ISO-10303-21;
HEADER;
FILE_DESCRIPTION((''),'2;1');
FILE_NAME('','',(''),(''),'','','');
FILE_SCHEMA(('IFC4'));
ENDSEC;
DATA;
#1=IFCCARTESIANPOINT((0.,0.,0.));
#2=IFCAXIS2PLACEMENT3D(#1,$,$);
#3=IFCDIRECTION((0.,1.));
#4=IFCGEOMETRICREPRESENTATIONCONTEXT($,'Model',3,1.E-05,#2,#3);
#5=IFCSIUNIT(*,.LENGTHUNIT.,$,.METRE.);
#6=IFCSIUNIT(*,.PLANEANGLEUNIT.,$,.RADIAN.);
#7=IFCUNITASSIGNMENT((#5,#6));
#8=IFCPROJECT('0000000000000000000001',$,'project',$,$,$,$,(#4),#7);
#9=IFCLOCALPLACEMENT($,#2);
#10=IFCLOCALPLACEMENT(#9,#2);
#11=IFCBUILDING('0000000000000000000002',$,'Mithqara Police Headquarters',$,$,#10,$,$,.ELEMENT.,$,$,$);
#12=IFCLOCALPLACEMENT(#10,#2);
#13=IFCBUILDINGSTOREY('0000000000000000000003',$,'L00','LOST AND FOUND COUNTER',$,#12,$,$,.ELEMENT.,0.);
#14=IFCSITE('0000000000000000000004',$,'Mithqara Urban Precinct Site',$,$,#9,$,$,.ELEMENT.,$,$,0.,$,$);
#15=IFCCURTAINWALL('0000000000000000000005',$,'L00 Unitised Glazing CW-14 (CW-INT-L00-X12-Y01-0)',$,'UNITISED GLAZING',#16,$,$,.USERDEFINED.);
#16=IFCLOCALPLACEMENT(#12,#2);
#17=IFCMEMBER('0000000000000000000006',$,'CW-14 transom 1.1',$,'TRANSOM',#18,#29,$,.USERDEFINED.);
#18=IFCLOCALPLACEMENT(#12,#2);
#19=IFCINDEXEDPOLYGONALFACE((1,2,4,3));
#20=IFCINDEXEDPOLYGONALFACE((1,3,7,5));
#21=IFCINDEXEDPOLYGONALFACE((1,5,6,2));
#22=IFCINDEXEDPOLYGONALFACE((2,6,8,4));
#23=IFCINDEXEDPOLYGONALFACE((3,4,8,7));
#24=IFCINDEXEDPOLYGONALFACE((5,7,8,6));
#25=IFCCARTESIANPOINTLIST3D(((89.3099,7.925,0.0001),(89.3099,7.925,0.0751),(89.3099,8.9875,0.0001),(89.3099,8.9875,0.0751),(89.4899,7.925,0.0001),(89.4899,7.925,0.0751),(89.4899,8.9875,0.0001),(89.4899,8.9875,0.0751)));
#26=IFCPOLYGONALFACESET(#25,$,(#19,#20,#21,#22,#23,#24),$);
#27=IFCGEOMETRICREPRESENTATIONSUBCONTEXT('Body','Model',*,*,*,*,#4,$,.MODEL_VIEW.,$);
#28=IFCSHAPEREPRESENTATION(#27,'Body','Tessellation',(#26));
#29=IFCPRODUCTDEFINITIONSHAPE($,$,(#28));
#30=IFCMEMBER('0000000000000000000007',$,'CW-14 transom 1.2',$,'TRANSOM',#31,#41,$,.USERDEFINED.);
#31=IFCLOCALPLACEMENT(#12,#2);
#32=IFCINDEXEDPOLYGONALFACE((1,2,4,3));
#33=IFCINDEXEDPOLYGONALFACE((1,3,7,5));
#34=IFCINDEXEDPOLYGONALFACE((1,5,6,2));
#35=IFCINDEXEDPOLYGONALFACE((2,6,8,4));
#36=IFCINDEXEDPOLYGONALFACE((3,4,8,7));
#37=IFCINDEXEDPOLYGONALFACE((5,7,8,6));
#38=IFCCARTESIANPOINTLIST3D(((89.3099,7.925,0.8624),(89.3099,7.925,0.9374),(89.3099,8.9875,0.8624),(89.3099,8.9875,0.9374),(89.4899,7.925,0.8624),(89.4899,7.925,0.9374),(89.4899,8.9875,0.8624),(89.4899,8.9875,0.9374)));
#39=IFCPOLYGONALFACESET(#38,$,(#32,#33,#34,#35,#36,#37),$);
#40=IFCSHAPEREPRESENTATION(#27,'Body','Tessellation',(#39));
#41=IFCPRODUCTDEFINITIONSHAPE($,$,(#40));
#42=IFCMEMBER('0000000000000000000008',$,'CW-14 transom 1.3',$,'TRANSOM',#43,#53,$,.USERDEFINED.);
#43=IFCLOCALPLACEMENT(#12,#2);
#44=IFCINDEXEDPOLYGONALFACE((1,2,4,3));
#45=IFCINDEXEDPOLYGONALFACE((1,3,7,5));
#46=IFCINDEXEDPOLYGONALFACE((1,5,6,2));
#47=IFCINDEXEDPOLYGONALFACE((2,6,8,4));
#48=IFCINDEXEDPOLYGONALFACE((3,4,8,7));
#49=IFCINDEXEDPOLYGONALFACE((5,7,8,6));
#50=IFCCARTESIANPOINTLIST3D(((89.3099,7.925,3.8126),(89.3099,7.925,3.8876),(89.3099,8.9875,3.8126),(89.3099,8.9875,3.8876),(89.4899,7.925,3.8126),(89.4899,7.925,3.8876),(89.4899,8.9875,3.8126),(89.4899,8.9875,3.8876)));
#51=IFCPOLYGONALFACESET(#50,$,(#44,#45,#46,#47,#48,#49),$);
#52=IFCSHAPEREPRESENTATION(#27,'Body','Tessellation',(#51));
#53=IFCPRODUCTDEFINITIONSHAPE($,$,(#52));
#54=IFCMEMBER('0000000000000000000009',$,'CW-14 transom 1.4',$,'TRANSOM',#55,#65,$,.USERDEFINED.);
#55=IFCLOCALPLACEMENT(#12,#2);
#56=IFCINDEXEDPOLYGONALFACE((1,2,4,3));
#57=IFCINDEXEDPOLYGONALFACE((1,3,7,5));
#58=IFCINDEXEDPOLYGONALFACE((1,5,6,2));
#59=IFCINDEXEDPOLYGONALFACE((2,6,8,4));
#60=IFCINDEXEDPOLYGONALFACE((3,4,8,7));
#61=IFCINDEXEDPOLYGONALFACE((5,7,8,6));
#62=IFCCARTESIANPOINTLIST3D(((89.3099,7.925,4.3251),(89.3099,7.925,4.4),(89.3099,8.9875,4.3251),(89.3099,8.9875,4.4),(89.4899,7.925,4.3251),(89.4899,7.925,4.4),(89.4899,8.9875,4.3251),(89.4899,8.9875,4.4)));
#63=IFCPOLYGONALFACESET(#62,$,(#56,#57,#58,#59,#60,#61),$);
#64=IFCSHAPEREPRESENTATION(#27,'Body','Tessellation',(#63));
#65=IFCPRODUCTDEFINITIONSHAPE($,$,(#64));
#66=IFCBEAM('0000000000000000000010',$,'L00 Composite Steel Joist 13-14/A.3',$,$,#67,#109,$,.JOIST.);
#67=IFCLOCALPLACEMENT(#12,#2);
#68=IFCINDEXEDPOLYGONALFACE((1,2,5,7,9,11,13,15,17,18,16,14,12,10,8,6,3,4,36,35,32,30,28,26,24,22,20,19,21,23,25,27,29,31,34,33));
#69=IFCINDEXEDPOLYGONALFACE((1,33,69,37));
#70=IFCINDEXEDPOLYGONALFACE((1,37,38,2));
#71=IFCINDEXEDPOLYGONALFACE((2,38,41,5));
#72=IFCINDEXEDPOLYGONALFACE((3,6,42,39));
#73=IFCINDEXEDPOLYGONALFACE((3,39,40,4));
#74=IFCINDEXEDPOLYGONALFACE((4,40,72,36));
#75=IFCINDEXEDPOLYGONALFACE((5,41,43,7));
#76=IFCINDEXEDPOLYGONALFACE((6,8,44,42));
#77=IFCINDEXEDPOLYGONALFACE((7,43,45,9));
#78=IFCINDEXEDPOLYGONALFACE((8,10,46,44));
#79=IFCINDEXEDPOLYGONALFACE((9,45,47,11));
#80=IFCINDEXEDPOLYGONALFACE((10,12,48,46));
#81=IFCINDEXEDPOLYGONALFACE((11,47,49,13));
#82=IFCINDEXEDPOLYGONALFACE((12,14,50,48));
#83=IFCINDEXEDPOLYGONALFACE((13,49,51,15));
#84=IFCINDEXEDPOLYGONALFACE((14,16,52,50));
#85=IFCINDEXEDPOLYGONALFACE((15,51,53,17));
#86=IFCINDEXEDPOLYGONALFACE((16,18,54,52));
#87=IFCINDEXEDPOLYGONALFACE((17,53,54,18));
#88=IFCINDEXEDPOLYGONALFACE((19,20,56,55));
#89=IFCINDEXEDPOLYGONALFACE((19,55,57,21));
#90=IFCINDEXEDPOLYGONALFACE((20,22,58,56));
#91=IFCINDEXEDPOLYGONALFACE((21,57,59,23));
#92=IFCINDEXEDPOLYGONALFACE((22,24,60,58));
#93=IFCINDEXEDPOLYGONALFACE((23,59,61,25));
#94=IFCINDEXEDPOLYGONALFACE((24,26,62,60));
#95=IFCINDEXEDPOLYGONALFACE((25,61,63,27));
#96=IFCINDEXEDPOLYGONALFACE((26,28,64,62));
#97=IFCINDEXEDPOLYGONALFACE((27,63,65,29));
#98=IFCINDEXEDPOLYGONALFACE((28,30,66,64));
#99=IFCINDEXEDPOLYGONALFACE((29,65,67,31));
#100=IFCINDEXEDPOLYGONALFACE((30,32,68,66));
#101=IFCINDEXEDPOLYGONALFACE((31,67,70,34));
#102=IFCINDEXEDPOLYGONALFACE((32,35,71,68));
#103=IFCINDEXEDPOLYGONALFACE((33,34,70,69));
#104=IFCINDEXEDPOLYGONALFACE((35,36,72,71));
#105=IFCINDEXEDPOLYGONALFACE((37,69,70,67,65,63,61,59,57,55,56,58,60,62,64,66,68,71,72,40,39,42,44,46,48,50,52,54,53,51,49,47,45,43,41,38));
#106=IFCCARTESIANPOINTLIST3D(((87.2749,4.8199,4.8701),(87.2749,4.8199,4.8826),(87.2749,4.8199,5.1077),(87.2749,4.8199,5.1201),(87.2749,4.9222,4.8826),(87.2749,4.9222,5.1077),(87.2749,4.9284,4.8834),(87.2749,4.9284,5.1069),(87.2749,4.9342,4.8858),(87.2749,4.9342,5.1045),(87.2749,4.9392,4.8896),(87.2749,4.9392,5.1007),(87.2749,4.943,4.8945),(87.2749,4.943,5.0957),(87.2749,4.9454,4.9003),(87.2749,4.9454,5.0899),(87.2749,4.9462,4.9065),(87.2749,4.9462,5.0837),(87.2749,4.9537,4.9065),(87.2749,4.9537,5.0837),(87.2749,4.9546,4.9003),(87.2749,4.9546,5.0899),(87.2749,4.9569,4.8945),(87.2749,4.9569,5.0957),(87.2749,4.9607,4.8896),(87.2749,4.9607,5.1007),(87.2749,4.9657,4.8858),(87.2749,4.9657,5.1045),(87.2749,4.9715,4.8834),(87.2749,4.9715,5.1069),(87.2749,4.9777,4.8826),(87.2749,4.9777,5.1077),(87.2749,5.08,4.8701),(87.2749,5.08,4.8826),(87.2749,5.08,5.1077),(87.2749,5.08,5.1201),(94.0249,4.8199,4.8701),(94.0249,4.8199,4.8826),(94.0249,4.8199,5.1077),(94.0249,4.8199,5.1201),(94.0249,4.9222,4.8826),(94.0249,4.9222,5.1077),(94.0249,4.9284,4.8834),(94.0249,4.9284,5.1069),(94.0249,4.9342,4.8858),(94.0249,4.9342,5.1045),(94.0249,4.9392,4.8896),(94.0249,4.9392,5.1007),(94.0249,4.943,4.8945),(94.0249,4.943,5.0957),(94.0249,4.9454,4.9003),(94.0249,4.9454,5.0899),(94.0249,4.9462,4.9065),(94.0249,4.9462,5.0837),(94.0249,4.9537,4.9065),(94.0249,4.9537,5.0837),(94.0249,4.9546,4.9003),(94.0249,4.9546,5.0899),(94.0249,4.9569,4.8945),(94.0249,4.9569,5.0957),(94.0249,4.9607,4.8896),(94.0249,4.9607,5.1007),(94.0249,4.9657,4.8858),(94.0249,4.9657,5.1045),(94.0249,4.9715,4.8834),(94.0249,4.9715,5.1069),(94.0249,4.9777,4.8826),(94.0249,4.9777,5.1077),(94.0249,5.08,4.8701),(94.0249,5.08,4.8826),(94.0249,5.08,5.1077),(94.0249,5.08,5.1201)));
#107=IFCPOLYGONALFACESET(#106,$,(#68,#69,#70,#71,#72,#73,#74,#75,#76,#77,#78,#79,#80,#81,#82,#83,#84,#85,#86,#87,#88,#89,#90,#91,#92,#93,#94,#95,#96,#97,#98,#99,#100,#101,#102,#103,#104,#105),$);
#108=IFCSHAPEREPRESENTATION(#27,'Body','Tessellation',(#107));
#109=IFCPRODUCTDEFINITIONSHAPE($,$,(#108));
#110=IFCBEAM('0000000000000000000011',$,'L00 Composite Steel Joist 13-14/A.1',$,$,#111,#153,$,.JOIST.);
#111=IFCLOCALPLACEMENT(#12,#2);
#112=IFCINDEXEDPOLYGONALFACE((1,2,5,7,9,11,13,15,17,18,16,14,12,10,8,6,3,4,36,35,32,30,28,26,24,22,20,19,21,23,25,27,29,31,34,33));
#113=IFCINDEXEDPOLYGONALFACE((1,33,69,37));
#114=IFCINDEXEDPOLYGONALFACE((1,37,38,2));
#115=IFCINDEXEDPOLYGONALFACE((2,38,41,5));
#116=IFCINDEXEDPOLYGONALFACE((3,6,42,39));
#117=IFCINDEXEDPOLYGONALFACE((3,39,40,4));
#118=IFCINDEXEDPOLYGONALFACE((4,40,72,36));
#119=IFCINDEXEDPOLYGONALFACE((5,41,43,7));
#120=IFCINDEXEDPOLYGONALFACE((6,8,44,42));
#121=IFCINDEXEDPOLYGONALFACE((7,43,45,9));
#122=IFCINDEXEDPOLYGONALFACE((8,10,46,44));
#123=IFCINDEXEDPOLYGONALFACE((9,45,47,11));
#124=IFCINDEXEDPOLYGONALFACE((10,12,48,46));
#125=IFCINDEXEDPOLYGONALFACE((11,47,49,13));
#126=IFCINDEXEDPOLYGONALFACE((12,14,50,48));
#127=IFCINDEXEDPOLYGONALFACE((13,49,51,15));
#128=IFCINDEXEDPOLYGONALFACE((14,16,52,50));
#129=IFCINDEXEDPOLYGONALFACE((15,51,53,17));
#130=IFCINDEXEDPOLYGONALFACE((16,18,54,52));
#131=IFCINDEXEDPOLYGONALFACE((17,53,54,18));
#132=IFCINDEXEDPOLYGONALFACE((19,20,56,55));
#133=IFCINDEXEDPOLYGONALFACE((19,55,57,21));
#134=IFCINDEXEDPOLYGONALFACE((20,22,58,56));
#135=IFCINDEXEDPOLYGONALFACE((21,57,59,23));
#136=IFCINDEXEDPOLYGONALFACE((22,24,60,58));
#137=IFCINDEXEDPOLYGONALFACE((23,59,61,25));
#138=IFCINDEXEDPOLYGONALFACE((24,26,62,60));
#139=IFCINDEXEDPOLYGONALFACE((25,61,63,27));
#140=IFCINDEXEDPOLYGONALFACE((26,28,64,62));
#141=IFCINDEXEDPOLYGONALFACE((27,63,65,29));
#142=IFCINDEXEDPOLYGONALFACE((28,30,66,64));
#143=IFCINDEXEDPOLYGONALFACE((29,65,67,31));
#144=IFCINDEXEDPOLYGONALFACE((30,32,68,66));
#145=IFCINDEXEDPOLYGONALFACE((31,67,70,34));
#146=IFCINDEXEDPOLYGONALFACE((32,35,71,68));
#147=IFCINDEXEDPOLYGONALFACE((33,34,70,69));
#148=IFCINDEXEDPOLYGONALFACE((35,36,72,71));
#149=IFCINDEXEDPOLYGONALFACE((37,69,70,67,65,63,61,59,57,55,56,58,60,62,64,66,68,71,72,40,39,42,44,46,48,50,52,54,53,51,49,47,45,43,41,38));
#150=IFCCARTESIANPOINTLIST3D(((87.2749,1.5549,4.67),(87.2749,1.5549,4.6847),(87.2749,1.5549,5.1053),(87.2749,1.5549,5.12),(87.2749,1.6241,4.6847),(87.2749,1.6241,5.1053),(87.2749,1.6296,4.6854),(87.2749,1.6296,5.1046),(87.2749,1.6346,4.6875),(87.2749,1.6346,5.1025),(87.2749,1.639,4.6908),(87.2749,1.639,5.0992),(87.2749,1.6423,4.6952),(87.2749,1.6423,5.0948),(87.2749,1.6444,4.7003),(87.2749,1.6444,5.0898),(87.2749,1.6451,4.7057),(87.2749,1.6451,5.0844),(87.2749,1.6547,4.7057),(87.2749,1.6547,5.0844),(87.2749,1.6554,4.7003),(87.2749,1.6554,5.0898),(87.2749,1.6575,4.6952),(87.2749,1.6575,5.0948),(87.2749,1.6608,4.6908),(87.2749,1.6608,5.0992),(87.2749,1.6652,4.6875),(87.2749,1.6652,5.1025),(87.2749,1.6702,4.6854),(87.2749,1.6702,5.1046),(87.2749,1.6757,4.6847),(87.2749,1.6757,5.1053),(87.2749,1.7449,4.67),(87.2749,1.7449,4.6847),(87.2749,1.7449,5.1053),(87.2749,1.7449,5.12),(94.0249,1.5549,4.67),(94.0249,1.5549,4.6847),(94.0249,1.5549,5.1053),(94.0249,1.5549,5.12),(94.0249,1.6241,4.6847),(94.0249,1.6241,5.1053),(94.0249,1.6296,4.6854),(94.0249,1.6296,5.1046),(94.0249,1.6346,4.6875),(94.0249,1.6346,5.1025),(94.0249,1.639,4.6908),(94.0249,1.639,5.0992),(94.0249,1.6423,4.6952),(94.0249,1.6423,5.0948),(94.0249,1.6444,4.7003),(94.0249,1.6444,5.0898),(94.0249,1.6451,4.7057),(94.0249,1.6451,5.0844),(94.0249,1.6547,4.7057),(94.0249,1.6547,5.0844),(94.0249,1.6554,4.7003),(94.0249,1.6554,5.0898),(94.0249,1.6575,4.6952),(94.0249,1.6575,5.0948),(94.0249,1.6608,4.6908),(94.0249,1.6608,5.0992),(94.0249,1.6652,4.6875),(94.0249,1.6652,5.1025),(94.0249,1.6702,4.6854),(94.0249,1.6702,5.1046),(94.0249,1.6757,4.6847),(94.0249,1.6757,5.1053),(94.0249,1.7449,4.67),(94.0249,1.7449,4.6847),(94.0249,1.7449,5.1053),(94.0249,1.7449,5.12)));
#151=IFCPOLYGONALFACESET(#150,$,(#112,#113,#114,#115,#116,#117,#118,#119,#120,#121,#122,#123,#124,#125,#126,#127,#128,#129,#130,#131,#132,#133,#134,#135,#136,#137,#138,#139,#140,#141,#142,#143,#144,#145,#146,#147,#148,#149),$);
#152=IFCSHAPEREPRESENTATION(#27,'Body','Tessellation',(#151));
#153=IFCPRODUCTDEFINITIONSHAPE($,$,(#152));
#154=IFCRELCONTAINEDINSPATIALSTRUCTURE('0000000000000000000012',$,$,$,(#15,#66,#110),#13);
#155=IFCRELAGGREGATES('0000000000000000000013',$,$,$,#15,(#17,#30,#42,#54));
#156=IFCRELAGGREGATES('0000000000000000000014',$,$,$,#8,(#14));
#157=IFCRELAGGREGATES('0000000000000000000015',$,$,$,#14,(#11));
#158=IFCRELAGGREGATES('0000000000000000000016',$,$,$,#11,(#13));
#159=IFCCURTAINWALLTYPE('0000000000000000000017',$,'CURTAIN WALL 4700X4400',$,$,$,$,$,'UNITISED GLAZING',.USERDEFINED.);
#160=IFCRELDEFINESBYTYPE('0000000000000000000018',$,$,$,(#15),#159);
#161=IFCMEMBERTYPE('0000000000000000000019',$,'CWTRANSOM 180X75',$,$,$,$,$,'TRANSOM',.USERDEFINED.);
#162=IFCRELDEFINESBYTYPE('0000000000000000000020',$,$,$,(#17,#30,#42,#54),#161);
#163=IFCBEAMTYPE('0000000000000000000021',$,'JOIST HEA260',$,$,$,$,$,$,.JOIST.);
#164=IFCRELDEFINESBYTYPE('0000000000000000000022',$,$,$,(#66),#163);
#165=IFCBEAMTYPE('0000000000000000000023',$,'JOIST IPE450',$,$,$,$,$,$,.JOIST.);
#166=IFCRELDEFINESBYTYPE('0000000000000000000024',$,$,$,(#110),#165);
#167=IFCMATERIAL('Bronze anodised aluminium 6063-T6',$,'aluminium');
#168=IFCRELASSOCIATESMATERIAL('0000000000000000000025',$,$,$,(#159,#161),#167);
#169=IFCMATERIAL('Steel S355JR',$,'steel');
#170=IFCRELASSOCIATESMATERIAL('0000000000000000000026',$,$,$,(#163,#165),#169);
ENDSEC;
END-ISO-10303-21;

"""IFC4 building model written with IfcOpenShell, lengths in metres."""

from ifc_helpers import new_model, si_unit, direction, frame, origin, origin_2d, place, context, subcontext, project, spatial, rectangle, i_section, extrude, material, material_profile, profile_set, type_object, element, aggregate, save


model = new_model("IFC4")

# Units and contexts
model_context = context("Model", 3, precision=1e-05, world=origin(), true_north=direction((0.0, 1.0)))
body_context = subcontext(model_context, "Body", "Model", "MODEL_VIEW")
ifc_project = project(units=[si_unit("LENGTHUNIT", "METRE"), si_unit("PLANEANGLEUNIT", "RADIAN")], contexts=[model_context])

# Site, building, storey
site_placement = place(None, origin())
site = spatial("IfcSite", under=ifc_project, at=site_placement, Name="Mithqara Urban Precinct Site", CompositionType="ELEMENT", RefElevation=0.0)
building_placement = place(site_placement, origin())
building = spatial("IfcBuilding", under=site, at=building_placement, Name="Mithqara Police Headquarters", CompositionType="ELEMENT")
storey_placement = place(building_placement, origin())
storey = spatial("IfcBuildingStorey", under=building, at=storey_placement, Name="L00", Description="LOST AND FOUND COUNTER", CompositionType="ELEMENT", Elevation=0.0)

# Curtain wall, members
ifc_material_1 = material(Name="Bronze anodised aluminium 6063-T6", Category="aluminium")
curtain_wall_type = type_object("IfcCurtainWallType", Name="CURTAIN WALL 4700X4400", ElementType="UNITISED GLAZING", PredefinedType="USERDEFINED", material=ifc_material_1)
curtain_wall_placement = place(storey_placement, origin())
curtain_wall = element("IfcCurtainWall", 1, at=curtain_wall_placement, inside=storey, type_object=curtain_wall_type, Name="L00 Unitised Glazing CW-14 (CW-INT-L00-X12-Y01-0)", ObjectType="UNITISED GLAZING", PredefinedType="USERDEFINED")
ifc_material_profile_1 = material_profile(ifc_material_1, rectangle(XDim=0.1799, YDim=0.075, at=origin_2d()), Name="CWT 180x75")
ifc_profile_set_1 = profile_set([ifc_material_profile_1], Name="Bronze anodised aluminium 6063-T6")
member_type_1 = type_object("IfcMemberType", Name="CWTRANSOM 180X75", ElementType="TRANSOM", PredefinedType="USERDEFINED", material=ifc_profile_set_1)
member_1_placement = place(storey_placement, frame((89.3999, 7.925, 0.0376), z_axis=(0.0, 1.0, 0.0), x_axis=(-1.0, 0.0, 0.0)))
member_1 = element("IfcMember", 2, at=member_1_placement, type_object=member_type_1, Name="CW-14 transom 1.1", ObjectType="TRANSOM", PredefinedType="USERDEFINED", context=body_context, shape_type="SweptSolid", body=[
    extrude(rectangle(XDim=0.1799, YDim=0.075, at=origin_2d()), origin(), (0.0, 0.0, 1.0), 1.0625),
])
member_2_placement = place(storey_placement, frame((89.3999, 7.925, 0.8999), z_axis=(0.0, 1.0, 0.0), x_axis=(-1.0, 0.0, 0.0)))
member_2 = element("IfcMember", 3, at=member_2_placement, type_object=member_type_1, Name="CW-14 transom 1.2", ObjectType="TRANSOM", PredefinedType="USERDEFINED", context=body_context, shape_type="SweptSolid", body=[
    extrude(rectangle(XDim=0.1799, YDim=0.075, at=origin_2d()), origin(), (0.0, 0.0, 1.0), 1.0625),
])
member_3_placement = place(storey_placement, frame((89.3999, 7.925, 3.8501), z_axis=(0.0, 1.0, 0.0), x_axis=(-1.0, 0.0, 0.0)))
member_3 = element("IfcMember", 4, at=member_3_placement, type_object=member_type_1, Name="CW-14 transom 1.3", ObjectType="TRANSOM", PredefinedType="USERDEFINED", context=body_context, shape_type="SweptSolid", body=[
    extrude(rectangle(XDim=0.1799, YDim=0.075, at=origin_2d()), origin(), (0.0, 0.0, 1.0), 1.0625),
])
member_4_placement = place(storey_placement, frame((89.3999, 7.925, 4.3625), z_axis=(0.0, 1.0, 0.0), x_axis=(-1.0, 0.0, 0.0)))
member_4 = element("IfcMember", 5, at=member_4_placement, type_object=member_type_1, Name="CW-14 transom 1.4", ObjectType="TRANSOM", PredefinedType="USERDEFINED", context=body_context, shape_type="SweptSolid", body=[
    extrude(rectangle(XDim=0.1799, YDim=0.075, at=origin_2d()), origin(), (0.0, 0.0, 1.0), 1.0625),
])
aggregate(curtain_wall, [member_1, member_2, member_3, member_4])

# Beams
ifc_material_2 = material(Name="Steel S355JR", Category="steel")
ifc_material_profile_2 = material_profile(ifc_material_2, i_section(OverallWidth=0.26, OverallDepth=0.25, WebThickness=0.0076, FlangeThickness=0.0125, FilletRadius=0.0239, at=origin_2d()), Name="HEA 260")
ifc_profile_set_2 = profile_set([ifc_material_profile_2], Name="Steel S355JR")
beam_type_1 = type_object("IfcBeamType", Name="JOIST HEA260", PredefinedType="JOIST", material=ifc_profile_set_2)
beam_1_placement = place(storey_placement, frame((87.2749, 4.95, 4.9951), z_axis=(1.0, 0.0, 0.0), x_axis=(0.0, 1.0, 0.0)))
element("IfcBeam", 6, at=beam_1_placement, inside=storey, type_object=beam_type_1, Name="L00 Composite Steel Joist 13-14/A.3", PredefinedType="JOIST", context=body_context, shape_type="SweptSolid", body=[
    extrude(i_section(OverallWidth=0.26, OverallDepth=0.25, WebThickness=0.0076, FlangeThickness=0.0125, FilletRadius=0.0239, at=origin_2d()), origin(), (0.0, 0.0, 1.0), 6.75),
])
ifc_material_profile_3 = material_profile(ifc_material_2, i_section(OverallWidth=0.1899, OverallDepth=0.45, WebThickness=0.0095, FlangeThickness=0.0146, FilletRadius=0.021, at=origin_2d()), Name="IPE 450")
ifc_profile_set_3 = profile_set([ifc_material_profile_3], Name="Steel S355JR")
beam_type_2 = type_object("IfcBeamType", Name="JOIST IPE450", PredefinedType="JOIST", material=ifc_profile_set_3)
beam_2_placement = place(storey_placement, frame((87.2749, 1.6499, 4.895), z_axis=(1.0, 0.0, 0.0), x_axis=(0.0, 1.0, 0.0)))
element("IfcBeam", 7, at=beam_2_placement, inside=storey, type_object=beam_type_2, Name="L00 Composite Steel Joist 13-14/A.1", PredefinedType="JOIST", context=body_context, shape_type="SweptSolid", body=[
    extrude(i_section(OverallWidth=0.1899, OverallDepth=0.45, WebThickness=0.0095, FlangeThickness=0.0146, FilletRadius=0.021, at=origin_2d()), origin(), (0.0, 0.0, 1.0), 6.75),
])

save(model, "model.ifc")
